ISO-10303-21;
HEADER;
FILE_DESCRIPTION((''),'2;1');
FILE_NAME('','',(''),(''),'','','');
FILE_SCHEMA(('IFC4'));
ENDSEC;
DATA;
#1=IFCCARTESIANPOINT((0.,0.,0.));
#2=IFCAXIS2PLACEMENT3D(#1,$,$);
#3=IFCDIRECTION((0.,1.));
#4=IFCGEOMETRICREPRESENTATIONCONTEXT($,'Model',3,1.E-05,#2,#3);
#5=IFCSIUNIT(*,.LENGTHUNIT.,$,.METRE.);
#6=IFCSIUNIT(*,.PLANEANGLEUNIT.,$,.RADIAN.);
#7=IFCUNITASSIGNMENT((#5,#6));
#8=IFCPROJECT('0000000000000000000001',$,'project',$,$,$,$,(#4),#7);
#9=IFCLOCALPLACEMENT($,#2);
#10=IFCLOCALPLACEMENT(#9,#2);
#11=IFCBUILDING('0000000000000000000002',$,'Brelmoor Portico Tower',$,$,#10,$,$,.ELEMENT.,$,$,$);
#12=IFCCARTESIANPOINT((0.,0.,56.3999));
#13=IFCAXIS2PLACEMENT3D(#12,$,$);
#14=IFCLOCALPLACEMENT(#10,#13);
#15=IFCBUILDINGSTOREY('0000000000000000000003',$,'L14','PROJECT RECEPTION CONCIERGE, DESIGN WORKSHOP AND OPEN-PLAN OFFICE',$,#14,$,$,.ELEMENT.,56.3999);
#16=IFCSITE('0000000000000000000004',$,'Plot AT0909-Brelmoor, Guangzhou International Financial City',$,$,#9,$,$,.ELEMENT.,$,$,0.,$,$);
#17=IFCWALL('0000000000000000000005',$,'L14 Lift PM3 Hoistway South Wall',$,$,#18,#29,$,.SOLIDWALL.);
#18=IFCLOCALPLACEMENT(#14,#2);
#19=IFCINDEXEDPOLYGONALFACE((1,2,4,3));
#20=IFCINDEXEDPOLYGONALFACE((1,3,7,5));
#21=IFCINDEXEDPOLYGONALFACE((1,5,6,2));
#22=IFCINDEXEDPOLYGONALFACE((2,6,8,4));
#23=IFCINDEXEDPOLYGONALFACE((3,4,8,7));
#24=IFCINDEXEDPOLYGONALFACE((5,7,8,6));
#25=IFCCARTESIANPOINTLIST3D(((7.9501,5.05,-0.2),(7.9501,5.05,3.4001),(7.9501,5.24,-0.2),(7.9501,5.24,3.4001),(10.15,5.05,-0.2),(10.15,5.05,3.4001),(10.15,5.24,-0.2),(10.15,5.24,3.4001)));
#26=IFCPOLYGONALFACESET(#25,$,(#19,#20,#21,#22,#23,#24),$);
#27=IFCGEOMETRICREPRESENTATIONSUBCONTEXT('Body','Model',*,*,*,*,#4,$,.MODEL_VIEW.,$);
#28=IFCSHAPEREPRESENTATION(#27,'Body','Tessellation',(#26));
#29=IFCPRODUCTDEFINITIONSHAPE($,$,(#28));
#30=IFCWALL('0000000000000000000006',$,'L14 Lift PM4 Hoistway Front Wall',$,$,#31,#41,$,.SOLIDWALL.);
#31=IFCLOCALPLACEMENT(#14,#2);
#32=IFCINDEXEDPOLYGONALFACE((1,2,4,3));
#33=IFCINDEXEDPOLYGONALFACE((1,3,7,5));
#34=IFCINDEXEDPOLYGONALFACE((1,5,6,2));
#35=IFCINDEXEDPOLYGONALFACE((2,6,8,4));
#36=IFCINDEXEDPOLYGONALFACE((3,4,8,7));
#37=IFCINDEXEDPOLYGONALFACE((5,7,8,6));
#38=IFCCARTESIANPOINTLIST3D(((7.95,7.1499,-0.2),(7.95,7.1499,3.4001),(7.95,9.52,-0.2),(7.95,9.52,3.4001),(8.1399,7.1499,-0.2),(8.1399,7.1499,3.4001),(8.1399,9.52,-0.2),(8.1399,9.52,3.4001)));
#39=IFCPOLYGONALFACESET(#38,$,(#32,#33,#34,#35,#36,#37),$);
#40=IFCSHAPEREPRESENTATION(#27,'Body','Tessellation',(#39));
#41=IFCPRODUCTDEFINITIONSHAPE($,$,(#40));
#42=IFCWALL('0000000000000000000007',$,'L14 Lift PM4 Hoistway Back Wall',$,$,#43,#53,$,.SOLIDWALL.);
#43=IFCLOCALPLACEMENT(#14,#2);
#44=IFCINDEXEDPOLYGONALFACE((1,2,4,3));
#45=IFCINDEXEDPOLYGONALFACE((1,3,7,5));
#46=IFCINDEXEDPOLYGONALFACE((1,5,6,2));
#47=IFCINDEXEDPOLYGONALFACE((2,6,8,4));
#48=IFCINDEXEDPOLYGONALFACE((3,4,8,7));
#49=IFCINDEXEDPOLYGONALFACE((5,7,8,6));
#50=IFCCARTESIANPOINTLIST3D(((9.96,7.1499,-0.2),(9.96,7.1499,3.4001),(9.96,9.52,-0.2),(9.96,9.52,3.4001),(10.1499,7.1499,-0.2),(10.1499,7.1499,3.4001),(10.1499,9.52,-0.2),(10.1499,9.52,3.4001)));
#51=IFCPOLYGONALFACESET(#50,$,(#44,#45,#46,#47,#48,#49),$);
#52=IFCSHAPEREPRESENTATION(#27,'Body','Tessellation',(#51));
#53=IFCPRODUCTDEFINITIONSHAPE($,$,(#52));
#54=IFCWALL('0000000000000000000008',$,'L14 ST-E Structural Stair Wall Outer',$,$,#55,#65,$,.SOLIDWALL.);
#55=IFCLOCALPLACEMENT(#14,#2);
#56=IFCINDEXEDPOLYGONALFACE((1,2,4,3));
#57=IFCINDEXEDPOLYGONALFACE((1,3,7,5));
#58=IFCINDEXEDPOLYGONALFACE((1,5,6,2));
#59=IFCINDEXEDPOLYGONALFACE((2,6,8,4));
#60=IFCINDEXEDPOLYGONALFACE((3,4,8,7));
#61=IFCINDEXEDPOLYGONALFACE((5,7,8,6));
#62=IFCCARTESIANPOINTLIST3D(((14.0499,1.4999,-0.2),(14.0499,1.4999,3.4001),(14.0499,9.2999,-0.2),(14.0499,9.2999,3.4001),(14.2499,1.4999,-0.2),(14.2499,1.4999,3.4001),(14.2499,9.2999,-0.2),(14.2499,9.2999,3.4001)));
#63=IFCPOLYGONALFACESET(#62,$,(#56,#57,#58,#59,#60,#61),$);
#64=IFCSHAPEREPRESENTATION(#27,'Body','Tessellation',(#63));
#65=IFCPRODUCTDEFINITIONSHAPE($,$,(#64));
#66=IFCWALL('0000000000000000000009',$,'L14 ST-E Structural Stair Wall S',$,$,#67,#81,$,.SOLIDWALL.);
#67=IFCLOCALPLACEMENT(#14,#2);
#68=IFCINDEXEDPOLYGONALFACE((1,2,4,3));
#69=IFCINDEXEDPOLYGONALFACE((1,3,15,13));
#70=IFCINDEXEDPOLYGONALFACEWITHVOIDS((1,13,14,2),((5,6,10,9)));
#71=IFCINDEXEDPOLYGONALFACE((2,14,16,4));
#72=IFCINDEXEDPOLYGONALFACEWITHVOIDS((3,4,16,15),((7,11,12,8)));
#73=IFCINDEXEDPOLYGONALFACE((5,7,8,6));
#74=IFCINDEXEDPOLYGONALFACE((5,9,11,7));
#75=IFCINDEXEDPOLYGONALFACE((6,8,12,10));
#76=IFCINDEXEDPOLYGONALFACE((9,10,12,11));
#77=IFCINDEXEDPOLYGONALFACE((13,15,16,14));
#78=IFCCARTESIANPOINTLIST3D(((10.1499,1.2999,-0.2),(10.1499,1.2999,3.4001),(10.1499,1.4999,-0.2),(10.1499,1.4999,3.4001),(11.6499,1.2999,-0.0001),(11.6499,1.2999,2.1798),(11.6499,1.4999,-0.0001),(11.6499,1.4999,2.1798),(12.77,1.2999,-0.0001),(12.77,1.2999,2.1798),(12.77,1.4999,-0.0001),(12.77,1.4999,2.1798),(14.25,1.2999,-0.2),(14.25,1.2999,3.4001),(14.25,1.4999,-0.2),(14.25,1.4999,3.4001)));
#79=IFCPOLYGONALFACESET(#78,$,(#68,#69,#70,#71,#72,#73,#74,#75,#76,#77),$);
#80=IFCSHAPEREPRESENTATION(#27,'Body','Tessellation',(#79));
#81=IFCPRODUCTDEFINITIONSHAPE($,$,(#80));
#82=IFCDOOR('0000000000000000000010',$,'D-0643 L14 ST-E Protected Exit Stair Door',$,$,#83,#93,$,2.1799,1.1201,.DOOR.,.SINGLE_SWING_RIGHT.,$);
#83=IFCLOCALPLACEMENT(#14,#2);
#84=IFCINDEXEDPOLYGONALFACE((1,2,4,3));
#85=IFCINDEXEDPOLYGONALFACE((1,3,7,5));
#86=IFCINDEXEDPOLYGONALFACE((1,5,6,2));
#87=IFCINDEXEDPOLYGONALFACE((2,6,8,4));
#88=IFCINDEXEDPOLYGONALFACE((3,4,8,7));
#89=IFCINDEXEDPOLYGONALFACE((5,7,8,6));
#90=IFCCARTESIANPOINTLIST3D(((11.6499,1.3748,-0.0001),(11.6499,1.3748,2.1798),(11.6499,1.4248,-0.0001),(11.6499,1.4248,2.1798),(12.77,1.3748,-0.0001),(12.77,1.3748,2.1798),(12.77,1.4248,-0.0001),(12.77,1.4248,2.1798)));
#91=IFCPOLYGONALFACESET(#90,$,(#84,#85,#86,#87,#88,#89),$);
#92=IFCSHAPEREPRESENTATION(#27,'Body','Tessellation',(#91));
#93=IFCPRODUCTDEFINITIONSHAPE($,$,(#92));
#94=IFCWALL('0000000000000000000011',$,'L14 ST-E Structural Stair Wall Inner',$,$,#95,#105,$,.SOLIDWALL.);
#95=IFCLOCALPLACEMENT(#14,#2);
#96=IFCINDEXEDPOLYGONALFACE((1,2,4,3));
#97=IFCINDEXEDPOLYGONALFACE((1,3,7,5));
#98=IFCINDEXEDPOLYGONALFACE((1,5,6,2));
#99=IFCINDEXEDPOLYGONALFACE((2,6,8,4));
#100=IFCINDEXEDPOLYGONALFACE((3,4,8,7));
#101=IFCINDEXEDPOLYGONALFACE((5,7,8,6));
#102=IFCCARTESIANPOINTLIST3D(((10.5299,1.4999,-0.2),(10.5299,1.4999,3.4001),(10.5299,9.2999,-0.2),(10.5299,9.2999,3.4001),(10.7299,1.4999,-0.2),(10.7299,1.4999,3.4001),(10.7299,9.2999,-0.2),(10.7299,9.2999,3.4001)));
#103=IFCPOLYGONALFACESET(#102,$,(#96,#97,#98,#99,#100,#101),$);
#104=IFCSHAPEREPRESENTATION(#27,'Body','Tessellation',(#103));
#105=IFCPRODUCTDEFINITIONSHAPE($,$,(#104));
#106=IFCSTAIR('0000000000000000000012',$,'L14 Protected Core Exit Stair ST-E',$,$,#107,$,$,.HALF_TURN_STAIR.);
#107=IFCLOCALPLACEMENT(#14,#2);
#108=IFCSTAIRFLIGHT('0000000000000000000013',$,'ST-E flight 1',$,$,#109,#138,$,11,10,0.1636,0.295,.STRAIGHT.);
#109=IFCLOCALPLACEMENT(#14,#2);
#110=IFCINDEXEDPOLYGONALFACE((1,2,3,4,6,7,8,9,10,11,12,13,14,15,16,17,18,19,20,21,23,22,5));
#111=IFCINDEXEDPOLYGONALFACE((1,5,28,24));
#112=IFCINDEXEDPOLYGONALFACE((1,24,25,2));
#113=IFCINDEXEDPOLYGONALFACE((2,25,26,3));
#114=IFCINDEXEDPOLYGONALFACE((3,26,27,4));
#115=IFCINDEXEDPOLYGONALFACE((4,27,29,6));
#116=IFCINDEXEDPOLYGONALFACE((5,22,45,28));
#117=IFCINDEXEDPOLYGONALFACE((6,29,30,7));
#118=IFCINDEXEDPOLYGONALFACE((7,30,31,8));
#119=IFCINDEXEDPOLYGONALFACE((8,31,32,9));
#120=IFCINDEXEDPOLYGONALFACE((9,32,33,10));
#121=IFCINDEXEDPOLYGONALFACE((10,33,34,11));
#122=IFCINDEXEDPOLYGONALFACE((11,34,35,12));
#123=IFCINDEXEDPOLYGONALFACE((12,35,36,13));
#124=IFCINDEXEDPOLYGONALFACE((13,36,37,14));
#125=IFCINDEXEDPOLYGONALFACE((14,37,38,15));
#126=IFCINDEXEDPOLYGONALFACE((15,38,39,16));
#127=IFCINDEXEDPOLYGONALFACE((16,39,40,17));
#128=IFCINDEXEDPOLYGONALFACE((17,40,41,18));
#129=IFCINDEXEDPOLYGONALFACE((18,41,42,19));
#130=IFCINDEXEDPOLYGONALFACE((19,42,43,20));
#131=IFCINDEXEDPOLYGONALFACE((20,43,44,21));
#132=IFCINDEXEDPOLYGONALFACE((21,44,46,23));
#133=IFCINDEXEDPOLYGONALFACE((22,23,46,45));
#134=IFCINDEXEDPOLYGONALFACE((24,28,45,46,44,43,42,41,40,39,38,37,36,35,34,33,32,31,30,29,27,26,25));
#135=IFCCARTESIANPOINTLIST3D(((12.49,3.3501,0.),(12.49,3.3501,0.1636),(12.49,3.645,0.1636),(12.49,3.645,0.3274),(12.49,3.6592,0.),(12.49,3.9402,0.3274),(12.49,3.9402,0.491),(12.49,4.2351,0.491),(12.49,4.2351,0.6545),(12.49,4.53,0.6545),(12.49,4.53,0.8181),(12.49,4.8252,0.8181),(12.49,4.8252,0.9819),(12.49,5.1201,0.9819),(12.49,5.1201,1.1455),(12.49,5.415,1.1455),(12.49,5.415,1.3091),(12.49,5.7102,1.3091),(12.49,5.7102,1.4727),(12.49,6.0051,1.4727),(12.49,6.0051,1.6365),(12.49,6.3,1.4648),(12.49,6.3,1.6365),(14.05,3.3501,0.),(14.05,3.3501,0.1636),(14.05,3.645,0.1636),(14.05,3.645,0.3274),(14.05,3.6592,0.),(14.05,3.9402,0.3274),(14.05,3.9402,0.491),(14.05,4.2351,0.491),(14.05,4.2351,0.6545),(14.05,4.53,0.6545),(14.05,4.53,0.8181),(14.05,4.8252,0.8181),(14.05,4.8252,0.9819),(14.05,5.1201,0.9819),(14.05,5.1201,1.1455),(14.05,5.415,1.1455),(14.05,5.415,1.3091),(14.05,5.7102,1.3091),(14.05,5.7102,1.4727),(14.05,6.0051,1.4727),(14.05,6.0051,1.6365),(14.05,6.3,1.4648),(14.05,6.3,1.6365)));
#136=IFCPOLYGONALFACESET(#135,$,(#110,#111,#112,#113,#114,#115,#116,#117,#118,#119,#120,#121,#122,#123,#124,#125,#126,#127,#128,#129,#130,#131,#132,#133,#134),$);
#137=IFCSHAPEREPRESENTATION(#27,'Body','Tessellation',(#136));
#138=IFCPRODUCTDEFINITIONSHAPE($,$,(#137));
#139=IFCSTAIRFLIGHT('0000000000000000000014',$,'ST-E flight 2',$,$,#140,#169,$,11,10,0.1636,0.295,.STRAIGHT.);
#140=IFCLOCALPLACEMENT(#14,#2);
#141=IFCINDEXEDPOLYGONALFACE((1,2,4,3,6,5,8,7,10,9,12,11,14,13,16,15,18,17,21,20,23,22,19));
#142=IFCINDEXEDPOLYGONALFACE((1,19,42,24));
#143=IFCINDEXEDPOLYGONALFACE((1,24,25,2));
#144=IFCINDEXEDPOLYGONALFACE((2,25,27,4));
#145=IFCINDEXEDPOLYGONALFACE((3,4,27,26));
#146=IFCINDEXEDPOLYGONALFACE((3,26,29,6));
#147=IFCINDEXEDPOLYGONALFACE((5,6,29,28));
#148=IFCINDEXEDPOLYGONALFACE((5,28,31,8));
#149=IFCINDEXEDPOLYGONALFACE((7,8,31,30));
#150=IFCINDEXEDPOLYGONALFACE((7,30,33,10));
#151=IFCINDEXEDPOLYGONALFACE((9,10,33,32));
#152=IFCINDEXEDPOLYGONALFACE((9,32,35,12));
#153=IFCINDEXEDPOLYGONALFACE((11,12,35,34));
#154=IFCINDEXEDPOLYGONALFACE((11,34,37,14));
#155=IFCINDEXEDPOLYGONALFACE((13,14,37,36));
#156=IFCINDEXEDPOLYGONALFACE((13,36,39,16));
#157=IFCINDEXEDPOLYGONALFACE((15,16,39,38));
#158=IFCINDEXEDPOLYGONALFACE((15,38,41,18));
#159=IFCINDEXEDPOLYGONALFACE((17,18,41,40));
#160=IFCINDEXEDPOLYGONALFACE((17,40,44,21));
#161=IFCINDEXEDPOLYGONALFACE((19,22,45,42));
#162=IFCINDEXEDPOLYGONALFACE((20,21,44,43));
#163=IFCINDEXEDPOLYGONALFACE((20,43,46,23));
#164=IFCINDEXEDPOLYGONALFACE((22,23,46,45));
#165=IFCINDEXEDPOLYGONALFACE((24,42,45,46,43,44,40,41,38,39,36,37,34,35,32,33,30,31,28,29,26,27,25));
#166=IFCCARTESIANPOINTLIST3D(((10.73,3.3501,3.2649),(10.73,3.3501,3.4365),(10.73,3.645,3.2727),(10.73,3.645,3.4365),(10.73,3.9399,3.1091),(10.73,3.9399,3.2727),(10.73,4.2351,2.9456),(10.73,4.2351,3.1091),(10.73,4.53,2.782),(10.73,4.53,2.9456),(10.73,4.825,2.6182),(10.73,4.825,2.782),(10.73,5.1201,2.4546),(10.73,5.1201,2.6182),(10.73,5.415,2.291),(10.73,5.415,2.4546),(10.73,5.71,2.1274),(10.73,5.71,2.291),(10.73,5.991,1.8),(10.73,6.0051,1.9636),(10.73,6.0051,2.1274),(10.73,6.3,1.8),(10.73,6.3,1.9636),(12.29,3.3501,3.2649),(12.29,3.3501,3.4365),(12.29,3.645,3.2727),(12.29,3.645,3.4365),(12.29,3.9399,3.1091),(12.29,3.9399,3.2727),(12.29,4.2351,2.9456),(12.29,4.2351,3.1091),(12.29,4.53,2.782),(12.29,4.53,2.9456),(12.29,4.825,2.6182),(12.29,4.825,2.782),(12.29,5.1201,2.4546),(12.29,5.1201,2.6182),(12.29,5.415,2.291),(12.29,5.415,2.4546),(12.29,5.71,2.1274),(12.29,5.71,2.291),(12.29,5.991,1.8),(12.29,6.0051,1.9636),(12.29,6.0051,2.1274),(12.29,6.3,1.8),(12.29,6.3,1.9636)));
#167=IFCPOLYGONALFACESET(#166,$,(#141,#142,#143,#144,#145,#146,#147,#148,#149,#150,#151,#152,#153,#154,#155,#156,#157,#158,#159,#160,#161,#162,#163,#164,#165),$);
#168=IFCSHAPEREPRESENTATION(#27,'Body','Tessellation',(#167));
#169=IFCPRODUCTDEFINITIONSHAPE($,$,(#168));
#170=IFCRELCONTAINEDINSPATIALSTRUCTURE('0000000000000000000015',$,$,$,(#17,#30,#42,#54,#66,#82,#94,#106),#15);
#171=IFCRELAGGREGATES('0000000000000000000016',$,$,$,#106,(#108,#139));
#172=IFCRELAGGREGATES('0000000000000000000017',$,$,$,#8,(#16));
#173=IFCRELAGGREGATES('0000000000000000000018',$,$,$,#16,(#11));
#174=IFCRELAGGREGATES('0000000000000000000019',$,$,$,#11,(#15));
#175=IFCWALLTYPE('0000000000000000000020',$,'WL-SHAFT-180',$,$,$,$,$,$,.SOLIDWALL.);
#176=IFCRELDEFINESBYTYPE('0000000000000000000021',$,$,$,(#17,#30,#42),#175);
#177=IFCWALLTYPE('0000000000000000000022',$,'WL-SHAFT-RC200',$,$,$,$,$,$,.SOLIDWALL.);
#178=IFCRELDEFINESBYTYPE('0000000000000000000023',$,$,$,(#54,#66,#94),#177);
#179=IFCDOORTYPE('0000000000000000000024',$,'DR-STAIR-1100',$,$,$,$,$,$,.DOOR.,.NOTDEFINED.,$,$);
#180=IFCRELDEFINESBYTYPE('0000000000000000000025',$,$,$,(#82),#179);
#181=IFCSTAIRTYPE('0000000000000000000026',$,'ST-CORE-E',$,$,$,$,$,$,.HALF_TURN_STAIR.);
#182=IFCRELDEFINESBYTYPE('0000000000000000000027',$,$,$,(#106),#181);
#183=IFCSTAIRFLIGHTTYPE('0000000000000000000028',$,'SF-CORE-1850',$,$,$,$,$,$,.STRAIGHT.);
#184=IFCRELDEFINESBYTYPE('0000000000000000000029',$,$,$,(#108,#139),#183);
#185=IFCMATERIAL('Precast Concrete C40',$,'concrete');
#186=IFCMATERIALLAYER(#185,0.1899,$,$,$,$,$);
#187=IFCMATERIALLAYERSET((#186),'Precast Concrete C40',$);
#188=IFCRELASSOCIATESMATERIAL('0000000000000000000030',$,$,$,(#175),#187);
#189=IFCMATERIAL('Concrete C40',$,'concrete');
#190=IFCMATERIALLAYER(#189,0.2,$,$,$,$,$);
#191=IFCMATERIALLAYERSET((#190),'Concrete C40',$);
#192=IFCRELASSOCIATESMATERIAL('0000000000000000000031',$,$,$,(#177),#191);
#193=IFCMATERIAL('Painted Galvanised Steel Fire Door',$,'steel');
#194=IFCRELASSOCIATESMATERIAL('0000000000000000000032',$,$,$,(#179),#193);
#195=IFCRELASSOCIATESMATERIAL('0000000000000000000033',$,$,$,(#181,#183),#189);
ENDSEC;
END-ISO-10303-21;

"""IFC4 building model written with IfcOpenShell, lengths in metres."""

from ifc_helpers import new_model, si_unit, direction, frame, frame_2d, origin, place, context, subcontext, project, spatial, polyline, rectangle, outline, extrude, material, layer, layer_set, type_object, element, fill, aggregate, save


model = new_model("IFC4")

# Units and contexts
model_context = context("Model", 3, precision=1e-05, world=origin(), true_north=direction((0.0, 1.0)))
body_context = subcontext(model_context, "Body", "Model", "MODEL_VIEW")
ifc_project = project(units=[si_unit("LENGTHUNIT", "METRE"), si_unit("PLANEANGLEUNIT", "RADIAN")], contexts=[model_context])

# Site, building, storey
site_placement = place(None, origin())
site = spatial("IfcSite", under=ifc_project, at=site_placement, Name="Plot AT0909-Brelmoor, Guangzhou International Financial City", CompositionType="ELEMENT", RefElevation=0.0)
building_placement = place(site_placement, origin())
building = spatial("IfcBuilding", under=site, at=building_placement, Name="Brelmoor Portico Tower", CompositionType="ELEMENT")
storey_placement = place(building_placement, frame((0.0, 0.0, 56.3999)))
storey = spatial("IfcBuildingStorey", under=building, at=storey_placement, Name="L14", Description="PROJECT RECEPTION CONCIERGE, DESIGN WORKSHOP AND OPEN-PLAN OFFICE", CompositionType="ELEMENT", Elevation=56.3999)

# Walls
ifc_material_1 = material(Name="Precast Concrete C40", Category="concrete")
ifc_layer_1 = layer(ifc_material_1, 0.1899)
ifc_layer_set_1 = layer_set([ifc_layer_1], Name="Precast Concrete C40")
wall_type_1 = type_object("IfcWallType", Name="WL-SHAFT-180", PredefinedType="SOLIDWALL", material=ifc_layer_set_1)
for number, where, z_axis, x_axis, name in (
    (1, (7.95, 5.145, -0.2), (0.0, 0.0, 1.0), (1.0, 0.0, 0.0), "L14 Lift PM3 Hoistway South Wall"),
):
    element("IfcWall", number, at=place(storey_placement, frame(where, z_axis=z_axis, x_axis=x_axis)), inside=storey, type_object=wall_type_1, Name=name, PredefinedType="SOLIDWALL", context=body_context, shape_type="SweptSolid", body=[
        extrude(rectangle(XDim=2.2, YDim=0.1899, at=frame_2d((1.1001, 0.0))), origin(), (0.0, 0.0, 1.0), 3.6001),
    ])
for number, where, z_axis, x_axis, name in (
    (2, (8.0449, 7.1499, -0.2), (0.0, 0.0, 1.0), (0.0, 1.0, 0.0), "L14 Lift PM4 Hoistway Front Wall"),
    (3, (10.0549, 7.1499, -0.2), (0.0, 0.0, 1.0), (0.0, 1.0, 0.0), "L14 Lift PM4 Hoistway Back Wall"),
):
    element("IfcWall", number, at=place(storey_placement, frame(where, z_axis=z_axis, x_axis=x_axis)), inside=storey, type_object=wall_type_1, Name=name, PredefinedType="SOLIDWALL", context=body_context, shape_type="SweptSolid", body=[
        extrude(rectangle(XDim=2.3701, YDim=0.1899, at=frame_2d((1.1851, 0.0))), origin(), (0.0, 0.0, 1.0), 3.6001),
    ])
ifc_material_2 = material(Name="Concrete C40", Category="concrete")
ifc_layer_2 = layer(ifc_material_2, 0.2)
ifc_layer_set_2 = layer_set([ifc_layer_2], Name="Concrete C40")
wall_type_2 = type_object("IfcWallType", Name="WL-SHAFT-RC200", PredefinedType="SOLIDWALL", material=ifc_layer_set_2)
wall_1_placement = place(storey_placement, frame((14.1499, 1.5, -0.2), z_axis=(0.0, 0.0, 1.0), x_axis=(0.0, 1.0, 0.0)))
element("IfcWall", 4, at=wall_1_placement, inside=storey, type_object=wall_type_2, Name="L14 ST-E Structural Stair Wall Outer", PredefinedType="SOLIDWALL", context=body_context, shape_type="SweptSolid", body=[
    extrude(rectangle(XDim=7.8, YDim=0.2, at=frame_2d((3.8999, 0.0))), origin(), (0.0, 0.0, 1.0), 3.6001),
])

# Wall, opening, door
wall_2_placement = place(storey_placement, frame((10.1499, 1.3999, -0.2), z_axis=(0.0, 0.0, 1.0), x_axis=(1.0, 0.0, 0.0)))
wall_2 = element("IfcWall", 5, at=wall_2_placement, inside=storey, type_object=wall_type_2, Name="L14 ST-E Structural Stair Wall S", PredefinedType="SOLIDWALL", context=body_context, shape_type="SweptSolid", body=[
    extrude(rectangle(XDim=4.1001, YDim=0.2, at=frame_2d((2.05, 0.0))), origin(), (0.0, 0.0, 1.0), 3.6001),
])
opening_placement = place(wall_2_placement, frame((1.5, 0.0, 0.2)))
opening = element("IfcOpeningElement", 6, at=opening_placement, cuts=wall_2, PredefinedType="OPENING", context=body_context, shape_type="SweptSolid", body=[
    extrude(rectangle(XDim=1.1201, YDim=2.1799, at=frame_2d((0.5601, 1.0898))), frame((0.0, 0.1099, 0.0), z_axis=(0.0, -1.0, 0.0), x_axis=(1.0, 0.0, 0.0)), (0.0, 0.0, 1.0), 0.22),
])
ifc_material_3 = material(Name="Painted Galvanised Steel Fire Door", Category="steel")
door_type = type_object("IfcDoorType", Name="DR-STAIR-1100", OperationType="NOTDEFINED", PredefinedType="DOOR", material=ifc_material_3)
door_placement = place(opening_placement, origin())
door = element("IfcDoor", 7, at=door_placement, inside=storey, type_object=door_type, Name="D-0643 L14 ST-E Protected Exit Stair Door", OperationType="SINGLE_SWING_RIGHT", OverallHeight=2.1799, OverallWidth=1.1201, PredefinedType="DOOR", context=body_context, shape_type="SweptSolid", body=[
    extrude(rectangle(XDim=1.1201, YDim=2.1799, at=frame_2d((0.5601, 1.0898))), frame((0.0, 0.0249, 0.0), z_axis=(0.0, -1.0, 0.0), x_axis=(1.0, 0.0, 0.0)), (0.0, 0.0, 1.0), 0.05),
])
fill(opening, door)

# Wall
wall_3_placement = place(storey_placement, frame((10.6299, 1.5, -0.2), z_axis=(0.0, 0.0, 1.0), x_axis=(0.0, 1.0, 0.0)))
element("IfcWall", 8, at=wall_3_placement, inside=storey, type_object=wall_type_2, Name="L14 ST-E Structural Stair Wall Inner", PredefinedType="SOLIDWALL", context=body_context, shape_type="SweptSolid", body=[
    extrude(rectangle(XDim=7.8, YDim=0.2, at=frame_2d((3.8999, 0.0))), origin(), (0.0, 0.0, 1.0), 3.6001),
])

# Stair, stair flights
stair_type = type_object("IfcStairType", Name="ST-CORE-E", PredefinedType="HALF_TURN_STAIR", material=ifc_material_2)
stair_placement = place(storey_placement, origin())
stair = element("IfcStair", 9, at=stair_placement, inside=storey, type_object=stair_type, Name="L14 Protected Core Exit Stair ST-E", PredefinedType="HALF_TURN_STAIR")
stair_flight_type = type_object("IfcStairFlightType", Name="SF-CORE-1850", PredefinedType="STRAIGHT", material=ifc_material_2)
stair_flight_1_placement = place(storey_placement, frame((13.27, 3.3501, 0.0), z_axis=(0.0, 0.0, 1.0), x_axis=(0.0, 1.0, 0.0)))
stair_flight_1 = element("IfcStairFlight", 10, at=stair_flight_1_placement, type_object=stair_flight_type, Name="ST-E flight 1", NumberOfRisers=11, NumberOfTreads=10, PredefinedType="STRAIGHT", RiserHeight=0.1636, TreadLength=0.295, context=body_context, shape_type="SweptSolid", body=[
    extrude(outline(polyline([(0.0, 0.0), (0.0, 0.1636), (0.2949, 0.1636), (0.2949, 0.3274), (0.5901, 0.3274), (0.5901, 0.491), (0.885, 0.491), (0.885, 0.6545), (1.1799, 0.6545), (1.1799, 0.8181), (1.4751, 0.8181), (1.4751, 0.9819), (1.77, 0.9819), (1.77, 1.1455), (2.0649, 1.1455), (2.0649, 1.3091), (2.3601, 1.3091), (2.3601, 1.4727), (2.655, 1.4727), (2.655, 1.6365), (2.95, 1.6365), (2.95, 1.8), (2.95, 1.4648), (0.3091, 0.0), (0.0, 0.0)])), frame((0.0, 0.78, 0.0), z_axis=(0.0, -1.0, 0.0), x_axis=(1.0, 0.0, 0.0)), (0.0, 0.0, 1.0), 1.5601),
])
stair_flight_2_placement = place(storey_placement, frame((11.51, 6.3, 1.8), z_axis=(0.0, 0.0, 1.0), x_axis=(0.0, -1.0, 0.0)))
stair_flight_2 = element("IfcStairFlight", 11, at=stair_flight_2_placement, type_object=stair_flight_type, Name="ST-E flight 2", NumberOfRisers=11, NumberOfTreads=10, PredefinedType="STRAIGHT", RiserHeight=0.1636, TreadLength=0.295, context=body_context, shape_type="SweptSolid", body=[
    extrude(outline(polyline([(0.0, 0.0), (0.0, 0.1636), (0.2949, 0.1636), (0.2949, 0.3274), (0.5901, 0.3274), (0.5901, 0.491), (0.885, 0.491), (0.885, 0.6545), (1.1799, 0.6545), (1.1799, 0.8181), (1.4751, 0.8181), (1.4751, 0.9819), (1.77, 0.9819), (1.77, 1.1455), (2.0649, 1.1455), (2.0649, 1.3091), (2.3601, 1.3091), (2.3601, 1.4727), (2.655, 1.4727), (2.655, 1.6365), (2.95, 1.6365), (2.95, 1.8), (2.95, 1.4648), (0.3091, 0.0), (0.0, 0.0)])), frame((0.0, 0.78, 0.0), z_axis=(0.0, -1.0, 0.0), x_axis=(1.0, 0.0, 0.0)), (0.0, 0.0, 1.0), 1.5601),
])
aggregate(stair, [stair_flight_1, stair_flight_2])

save(model, "model.ifc")
